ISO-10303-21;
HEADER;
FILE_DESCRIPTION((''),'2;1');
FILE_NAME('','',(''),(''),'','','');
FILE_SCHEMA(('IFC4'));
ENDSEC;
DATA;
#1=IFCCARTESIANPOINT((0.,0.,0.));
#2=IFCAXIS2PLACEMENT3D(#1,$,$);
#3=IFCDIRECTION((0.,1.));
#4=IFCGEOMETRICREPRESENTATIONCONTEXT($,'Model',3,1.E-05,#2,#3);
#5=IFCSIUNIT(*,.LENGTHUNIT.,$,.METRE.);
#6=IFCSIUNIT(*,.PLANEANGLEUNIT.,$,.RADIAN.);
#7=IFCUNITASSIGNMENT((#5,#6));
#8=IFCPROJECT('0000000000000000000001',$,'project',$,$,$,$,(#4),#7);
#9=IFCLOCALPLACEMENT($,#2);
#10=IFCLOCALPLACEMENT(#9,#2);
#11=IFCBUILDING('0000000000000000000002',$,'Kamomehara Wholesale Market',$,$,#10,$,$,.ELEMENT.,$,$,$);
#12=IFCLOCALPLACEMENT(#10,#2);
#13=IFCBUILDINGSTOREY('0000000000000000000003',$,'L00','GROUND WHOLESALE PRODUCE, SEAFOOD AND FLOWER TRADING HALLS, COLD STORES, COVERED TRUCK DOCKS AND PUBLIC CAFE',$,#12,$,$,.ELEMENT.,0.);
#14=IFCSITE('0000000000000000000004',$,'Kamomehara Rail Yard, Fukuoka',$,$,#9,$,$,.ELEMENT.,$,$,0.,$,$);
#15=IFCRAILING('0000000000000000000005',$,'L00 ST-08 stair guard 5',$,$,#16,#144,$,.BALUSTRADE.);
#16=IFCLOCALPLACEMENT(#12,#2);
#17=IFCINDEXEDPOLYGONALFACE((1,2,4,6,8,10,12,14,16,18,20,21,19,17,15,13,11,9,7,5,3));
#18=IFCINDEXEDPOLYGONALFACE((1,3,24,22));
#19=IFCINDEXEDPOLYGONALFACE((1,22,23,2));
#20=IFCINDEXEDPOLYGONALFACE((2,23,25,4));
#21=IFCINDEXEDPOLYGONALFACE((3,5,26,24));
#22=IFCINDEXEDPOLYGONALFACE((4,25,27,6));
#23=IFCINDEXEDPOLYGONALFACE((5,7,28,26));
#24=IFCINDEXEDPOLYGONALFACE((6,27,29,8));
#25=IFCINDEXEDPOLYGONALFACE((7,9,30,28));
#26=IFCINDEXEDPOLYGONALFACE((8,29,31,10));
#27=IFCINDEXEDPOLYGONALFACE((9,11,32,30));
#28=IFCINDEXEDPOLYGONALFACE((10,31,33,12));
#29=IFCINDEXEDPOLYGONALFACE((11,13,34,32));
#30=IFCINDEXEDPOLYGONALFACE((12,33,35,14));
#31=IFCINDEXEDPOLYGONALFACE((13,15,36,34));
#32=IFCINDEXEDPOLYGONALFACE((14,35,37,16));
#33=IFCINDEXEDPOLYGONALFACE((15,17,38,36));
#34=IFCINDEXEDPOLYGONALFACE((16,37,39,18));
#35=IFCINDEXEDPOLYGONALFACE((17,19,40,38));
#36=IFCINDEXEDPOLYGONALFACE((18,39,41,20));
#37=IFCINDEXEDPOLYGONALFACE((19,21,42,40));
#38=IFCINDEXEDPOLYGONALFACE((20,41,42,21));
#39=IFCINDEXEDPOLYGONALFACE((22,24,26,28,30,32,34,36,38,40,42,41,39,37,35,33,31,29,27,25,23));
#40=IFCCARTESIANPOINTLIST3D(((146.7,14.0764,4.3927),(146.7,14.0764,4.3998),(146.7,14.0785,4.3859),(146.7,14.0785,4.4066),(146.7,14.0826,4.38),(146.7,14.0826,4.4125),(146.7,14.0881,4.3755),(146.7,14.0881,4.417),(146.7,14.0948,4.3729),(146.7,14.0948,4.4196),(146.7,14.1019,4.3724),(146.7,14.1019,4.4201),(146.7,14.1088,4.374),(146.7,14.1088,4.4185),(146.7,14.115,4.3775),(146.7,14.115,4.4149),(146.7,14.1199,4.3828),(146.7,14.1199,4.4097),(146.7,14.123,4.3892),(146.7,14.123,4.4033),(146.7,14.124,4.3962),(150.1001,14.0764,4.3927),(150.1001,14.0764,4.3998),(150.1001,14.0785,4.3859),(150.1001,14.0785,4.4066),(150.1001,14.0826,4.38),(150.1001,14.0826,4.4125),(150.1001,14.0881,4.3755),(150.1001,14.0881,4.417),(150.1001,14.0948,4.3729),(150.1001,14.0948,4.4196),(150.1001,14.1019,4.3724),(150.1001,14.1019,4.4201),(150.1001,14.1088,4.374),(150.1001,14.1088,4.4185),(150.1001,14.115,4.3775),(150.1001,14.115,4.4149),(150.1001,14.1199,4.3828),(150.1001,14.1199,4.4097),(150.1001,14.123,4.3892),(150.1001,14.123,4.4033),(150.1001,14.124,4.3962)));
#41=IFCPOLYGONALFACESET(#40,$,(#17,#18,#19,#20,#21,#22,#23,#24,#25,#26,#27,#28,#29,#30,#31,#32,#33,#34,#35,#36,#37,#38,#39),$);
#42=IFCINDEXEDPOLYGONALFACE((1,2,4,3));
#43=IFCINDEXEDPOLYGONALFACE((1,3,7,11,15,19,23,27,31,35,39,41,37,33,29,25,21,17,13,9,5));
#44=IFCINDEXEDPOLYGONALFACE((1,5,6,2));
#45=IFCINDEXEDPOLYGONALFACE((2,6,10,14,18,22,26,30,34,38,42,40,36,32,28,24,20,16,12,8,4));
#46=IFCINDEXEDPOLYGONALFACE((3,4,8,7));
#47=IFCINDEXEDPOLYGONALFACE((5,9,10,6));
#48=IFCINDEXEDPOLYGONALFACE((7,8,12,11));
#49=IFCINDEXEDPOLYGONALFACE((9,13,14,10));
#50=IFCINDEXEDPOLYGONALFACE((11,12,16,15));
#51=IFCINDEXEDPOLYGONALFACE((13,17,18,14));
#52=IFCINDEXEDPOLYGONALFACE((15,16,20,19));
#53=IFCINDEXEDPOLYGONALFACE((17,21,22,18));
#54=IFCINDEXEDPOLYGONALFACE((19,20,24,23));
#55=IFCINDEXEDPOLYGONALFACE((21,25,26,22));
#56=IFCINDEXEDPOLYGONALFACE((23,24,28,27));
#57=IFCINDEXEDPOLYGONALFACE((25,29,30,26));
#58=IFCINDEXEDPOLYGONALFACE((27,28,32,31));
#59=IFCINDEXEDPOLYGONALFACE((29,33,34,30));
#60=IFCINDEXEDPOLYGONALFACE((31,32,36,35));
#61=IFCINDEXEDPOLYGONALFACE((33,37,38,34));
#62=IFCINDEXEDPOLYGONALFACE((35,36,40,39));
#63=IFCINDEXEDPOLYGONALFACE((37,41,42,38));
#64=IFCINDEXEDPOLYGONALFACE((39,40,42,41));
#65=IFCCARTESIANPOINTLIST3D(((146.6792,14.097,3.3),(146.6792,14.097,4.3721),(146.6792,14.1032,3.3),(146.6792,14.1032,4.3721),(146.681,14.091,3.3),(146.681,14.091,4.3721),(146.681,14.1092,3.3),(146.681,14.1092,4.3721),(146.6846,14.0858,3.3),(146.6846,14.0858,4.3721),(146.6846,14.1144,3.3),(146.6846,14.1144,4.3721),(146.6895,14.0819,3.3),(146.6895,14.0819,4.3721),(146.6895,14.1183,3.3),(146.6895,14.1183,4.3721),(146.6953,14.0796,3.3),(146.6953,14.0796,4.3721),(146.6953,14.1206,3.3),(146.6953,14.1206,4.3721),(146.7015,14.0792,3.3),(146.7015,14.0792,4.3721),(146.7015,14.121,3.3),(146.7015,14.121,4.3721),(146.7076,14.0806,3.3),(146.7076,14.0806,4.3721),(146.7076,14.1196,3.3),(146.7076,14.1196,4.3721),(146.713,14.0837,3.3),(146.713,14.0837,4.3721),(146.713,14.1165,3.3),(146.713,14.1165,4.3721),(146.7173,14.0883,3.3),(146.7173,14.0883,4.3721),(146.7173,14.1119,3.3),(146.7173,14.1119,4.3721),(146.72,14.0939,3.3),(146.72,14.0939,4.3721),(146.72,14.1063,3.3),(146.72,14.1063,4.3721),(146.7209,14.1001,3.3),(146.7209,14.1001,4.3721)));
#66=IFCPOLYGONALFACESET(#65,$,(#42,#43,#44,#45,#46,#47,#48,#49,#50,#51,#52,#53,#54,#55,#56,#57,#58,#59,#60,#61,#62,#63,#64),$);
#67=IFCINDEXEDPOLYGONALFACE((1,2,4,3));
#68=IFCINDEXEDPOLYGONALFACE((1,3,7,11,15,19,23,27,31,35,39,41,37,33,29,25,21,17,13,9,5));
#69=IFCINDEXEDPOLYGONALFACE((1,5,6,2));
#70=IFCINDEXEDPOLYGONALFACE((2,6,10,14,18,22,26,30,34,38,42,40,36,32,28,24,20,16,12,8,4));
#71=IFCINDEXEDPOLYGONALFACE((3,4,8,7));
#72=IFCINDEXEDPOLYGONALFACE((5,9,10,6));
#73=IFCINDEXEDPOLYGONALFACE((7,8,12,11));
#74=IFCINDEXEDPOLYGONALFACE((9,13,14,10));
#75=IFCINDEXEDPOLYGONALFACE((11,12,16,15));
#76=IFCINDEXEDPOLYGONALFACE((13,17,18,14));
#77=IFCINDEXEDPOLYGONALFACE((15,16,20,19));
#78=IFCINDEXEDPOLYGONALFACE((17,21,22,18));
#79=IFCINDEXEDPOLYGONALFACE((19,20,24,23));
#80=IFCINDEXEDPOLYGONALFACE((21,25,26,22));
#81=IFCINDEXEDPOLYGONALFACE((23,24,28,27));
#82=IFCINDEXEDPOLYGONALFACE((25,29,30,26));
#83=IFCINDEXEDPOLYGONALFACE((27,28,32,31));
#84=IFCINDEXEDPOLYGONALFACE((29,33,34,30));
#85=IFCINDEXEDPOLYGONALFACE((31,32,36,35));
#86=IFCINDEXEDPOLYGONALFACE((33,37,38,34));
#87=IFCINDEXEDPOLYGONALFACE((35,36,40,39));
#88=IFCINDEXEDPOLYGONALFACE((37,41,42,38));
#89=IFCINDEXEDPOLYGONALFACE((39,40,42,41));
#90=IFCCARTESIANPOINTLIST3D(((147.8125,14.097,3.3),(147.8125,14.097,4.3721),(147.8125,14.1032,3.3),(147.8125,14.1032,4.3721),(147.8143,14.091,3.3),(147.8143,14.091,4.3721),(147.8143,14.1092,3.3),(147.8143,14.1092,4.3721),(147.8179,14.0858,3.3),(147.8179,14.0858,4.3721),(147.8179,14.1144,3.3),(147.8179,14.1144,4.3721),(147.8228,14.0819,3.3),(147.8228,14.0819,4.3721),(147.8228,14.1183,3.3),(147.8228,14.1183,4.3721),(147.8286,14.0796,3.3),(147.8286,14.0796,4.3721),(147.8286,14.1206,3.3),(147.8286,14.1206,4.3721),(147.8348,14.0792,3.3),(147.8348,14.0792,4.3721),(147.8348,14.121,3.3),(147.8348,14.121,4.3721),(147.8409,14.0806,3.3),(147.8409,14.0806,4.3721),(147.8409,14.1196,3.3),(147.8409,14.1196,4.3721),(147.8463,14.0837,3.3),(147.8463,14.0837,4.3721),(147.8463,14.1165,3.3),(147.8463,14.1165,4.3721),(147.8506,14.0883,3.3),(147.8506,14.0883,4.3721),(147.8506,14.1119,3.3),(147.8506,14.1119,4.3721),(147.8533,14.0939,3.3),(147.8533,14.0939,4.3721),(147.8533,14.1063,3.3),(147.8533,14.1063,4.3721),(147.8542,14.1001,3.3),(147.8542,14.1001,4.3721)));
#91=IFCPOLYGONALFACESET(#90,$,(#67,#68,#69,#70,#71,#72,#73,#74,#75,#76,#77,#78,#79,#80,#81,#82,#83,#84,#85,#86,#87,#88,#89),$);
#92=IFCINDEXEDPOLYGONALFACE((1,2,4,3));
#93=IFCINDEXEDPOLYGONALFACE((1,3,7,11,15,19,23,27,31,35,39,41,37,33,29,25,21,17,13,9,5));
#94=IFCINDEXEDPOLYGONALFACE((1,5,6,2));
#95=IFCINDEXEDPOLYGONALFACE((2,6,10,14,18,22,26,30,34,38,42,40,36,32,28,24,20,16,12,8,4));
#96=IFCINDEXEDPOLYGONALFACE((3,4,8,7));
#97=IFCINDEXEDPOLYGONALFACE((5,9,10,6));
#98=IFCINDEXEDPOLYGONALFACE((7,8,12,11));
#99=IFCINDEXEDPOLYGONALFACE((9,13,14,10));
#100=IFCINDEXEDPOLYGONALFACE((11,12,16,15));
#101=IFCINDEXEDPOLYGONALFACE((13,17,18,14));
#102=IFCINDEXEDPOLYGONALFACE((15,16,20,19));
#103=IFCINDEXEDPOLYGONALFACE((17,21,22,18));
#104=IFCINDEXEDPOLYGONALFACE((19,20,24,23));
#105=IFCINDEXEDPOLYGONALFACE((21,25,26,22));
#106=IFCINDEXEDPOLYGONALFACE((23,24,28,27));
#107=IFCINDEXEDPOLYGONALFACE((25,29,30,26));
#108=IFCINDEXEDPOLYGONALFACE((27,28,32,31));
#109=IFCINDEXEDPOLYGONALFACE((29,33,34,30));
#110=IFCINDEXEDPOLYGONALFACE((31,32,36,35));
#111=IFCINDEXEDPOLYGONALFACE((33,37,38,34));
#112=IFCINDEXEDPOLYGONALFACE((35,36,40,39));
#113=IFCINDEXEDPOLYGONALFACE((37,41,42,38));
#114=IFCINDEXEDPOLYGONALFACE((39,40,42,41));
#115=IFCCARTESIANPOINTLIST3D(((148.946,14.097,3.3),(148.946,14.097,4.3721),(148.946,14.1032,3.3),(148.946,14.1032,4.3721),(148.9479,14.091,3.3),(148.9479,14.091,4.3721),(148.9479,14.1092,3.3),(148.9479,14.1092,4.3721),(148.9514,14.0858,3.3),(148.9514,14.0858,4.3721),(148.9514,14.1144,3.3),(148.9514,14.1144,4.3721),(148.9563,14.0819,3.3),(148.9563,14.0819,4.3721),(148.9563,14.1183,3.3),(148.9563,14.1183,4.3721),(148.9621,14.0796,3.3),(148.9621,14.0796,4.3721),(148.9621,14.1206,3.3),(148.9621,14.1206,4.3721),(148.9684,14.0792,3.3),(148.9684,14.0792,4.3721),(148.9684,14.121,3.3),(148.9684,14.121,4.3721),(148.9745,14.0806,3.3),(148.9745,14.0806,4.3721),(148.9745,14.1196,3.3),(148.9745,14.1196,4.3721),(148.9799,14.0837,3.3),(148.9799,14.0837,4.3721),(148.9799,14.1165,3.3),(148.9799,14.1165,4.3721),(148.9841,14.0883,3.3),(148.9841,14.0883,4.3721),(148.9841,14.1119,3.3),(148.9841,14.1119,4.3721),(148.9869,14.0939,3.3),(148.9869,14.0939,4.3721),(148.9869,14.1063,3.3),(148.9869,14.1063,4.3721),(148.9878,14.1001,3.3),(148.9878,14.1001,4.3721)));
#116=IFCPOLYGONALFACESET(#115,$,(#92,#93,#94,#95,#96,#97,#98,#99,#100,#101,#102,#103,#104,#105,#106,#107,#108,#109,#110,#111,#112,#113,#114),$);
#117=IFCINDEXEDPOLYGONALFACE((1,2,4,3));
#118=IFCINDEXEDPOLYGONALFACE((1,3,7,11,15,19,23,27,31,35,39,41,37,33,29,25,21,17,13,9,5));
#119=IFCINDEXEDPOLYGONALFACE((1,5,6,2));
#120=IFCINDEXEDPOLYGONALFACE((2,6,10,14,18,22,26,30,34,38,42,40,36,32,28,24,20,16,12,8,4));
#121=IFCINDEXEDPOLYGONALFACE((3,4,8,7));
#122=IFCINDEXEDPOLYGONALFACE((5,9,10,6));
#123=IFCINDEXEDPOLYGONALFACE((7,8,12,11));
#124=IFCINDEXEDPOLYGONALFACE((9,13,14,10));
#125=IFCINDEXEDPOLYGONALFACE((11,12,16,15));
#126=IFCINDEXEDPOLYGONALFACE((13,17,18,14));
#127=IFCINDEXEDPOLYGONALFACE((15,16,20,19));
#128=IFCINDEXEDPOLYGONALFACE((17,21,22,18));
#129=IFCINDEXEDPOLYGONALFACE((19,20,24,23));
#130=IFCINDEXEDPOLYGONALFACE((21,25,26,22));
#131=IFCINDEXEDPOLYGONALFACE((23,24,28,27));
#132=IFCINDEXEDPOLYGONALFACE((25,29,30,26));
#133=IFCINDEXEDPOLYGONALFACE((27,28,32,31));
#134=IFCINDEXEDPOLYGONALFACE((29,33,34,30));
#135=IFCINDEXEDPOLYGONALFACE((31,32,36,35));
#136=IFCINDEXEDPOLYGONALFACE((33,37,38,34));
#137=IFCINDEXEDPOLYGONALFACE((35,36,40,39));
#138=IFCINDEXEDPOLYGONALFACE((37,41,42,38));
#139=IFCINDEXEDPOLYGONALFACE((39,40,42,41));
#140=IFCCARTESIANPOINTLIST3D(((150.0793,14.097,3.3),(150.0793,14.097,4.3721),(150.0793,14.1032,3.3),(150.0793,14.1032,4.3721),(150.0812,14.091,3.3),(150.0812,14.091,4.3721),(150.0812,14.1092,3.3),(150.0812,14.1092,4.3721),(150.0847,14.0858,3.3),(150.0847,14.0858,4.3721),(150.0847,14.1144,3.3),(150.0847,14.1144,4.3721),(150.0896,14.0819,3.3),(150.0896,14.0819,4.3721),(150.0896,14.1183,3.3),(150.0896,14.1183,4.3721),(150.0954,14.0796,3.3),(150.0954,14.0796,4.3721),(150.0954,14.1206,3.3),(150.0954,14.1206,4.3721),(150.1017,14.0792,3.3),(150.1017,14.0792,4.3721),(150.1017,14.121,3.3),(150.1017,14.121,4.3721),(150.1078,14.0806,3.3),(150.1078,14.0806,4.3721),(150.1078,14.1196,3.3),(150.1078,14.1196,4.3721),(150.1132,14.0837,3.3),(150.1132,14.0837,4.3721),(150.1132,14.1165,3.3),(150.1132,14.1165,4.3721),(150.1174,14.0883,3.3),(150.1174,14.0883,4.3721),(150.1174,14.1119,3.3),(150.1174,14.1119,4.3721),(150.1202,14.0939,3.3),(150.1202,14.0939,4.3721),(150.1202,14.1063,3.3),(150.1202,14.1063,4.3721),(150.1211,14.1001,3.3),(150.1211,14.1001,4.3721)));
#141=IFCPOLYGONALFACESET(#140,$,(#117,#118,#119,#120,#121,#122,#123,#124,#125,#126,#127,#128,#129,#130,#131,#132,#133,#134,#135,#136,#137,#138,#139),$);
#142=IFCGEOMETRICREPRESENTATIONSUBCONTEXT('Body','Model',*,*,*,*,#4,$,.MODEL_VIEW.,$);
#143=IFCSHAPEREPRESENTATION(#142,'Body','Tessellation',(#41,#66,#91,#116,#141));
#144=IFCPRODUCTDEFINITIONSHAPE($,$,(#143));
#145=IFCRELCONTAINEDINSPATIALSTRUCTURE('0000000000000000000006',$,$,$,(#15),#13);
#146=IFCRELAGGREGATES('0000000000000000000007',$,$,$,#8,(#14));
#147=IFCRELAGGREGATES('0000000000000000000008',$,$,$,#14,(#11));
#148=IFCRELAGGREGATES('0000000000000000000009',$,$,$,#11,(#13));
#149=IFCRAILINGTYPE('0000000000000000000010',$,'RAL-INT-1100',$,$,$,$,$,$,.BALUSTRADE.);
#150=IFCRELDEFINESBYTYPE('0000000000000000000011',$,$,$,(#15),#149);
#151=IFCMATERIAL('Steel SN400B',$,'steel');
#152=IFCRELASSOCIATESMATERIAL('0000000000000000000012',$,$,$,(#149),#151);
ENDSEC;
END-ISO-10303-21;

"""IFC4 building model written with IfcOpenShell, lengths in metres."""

from ifc_helpers import new_model, si_unit, direction, frame, origin, origin_2d, place, context, subcontext, project, spatial, circle, extrude, material, type_object, element, save


model = new_model("IFC4")

# Units and contexts
model_context = context("Model", 3, precision=1e-05, world=origin(), true_north=direction((0.0, 1.0)))
body_context = subcontext(model_context, "Body", "Model", "MODEL_VIEW")
ifc_project = project(units=[si_unit("LENGTHUNIT", "METRE"), si_unit("PLANEANGLEUNIT", "RADIAN")], contexts=[model_context])

# Site, building, storey
site_placement = place(None, origin())
site = spatial("IfcSite", under=ifc_project, at=site_placement, Name="Kamomehara Rail Yard, Fukuoka", CompositionType="ELEMENT", RefElevation=0.0)
building_placement = place(site_placement, origin())
building = spatial("IfcBuilding", under=site, at=building_placement, Name="Kamomehara Wholesale Market", CompositionType="ELEMENT")
storey_placement = place(building_placement, origin())
storey = spatial("IfcBuildingStorey", under=building, at=storey_placement, Name="L00", Description="GROUND WHOLESALE PRODUCE, SEAFOOD AND FLOWER TRADING HALLS, COLD STORES, COVERED TRUCK DOCKS AND PUBLIC CAFE", CompositionType="ELEMENT", Elevation=0.0)

# Railing
ifc_material_1 = material(Name="Steel SN400B", Category="steel")
railing_type_1 = type_object("IfcRailingType", Name="RAL-INT-1100", PredefinedType="BALUSTRADE", material=ifc_material_1)
railing_1_placement = place(storey_placement, frame((146.7, 14.1001, 3.3)))
element("IfcRailing", 1, at=railing_1_placement, inside=storey, type_object=railing_type_1, Name="L00 ST-08 stair guard 5", PredefinedType="BALUSTRADE", context=body_context, shape_type="SweptSolid", body=[
    extrude(circle(Radius=0.0239, at=origin_2d()), frame((0.0, 0.0, 1.0962), z_axis=(1.0, 0.0, 0.0), x_axis=(0.0, 1.0, 0.0)), (0.0, 0.0, 1.0), 3.4001),
    extrude(circle(Radius=0.021, at=origin_2d()), origin(), (0.0, 0.0, 1.0), 1.072),
    extrude(circle(Radius=0.021, at=origin_2d()), frame((1.1333, 0.0, 0.0)), (0.0, 0.0, 1.0), 1.072),
    extrude(circle(Radius=0.021, at=origin_2d()), frame((2.2668, 0.0, 0.0)), (0.0, 0.0, 1.0), 1.072),
    extrude(circle(Radius=0.021, at=origin_2d()), frame((3.4001, 0.0, 0.0)), (0.0, 0.0, 1.0), 1.072),
])

save(model, "model.ifc")
